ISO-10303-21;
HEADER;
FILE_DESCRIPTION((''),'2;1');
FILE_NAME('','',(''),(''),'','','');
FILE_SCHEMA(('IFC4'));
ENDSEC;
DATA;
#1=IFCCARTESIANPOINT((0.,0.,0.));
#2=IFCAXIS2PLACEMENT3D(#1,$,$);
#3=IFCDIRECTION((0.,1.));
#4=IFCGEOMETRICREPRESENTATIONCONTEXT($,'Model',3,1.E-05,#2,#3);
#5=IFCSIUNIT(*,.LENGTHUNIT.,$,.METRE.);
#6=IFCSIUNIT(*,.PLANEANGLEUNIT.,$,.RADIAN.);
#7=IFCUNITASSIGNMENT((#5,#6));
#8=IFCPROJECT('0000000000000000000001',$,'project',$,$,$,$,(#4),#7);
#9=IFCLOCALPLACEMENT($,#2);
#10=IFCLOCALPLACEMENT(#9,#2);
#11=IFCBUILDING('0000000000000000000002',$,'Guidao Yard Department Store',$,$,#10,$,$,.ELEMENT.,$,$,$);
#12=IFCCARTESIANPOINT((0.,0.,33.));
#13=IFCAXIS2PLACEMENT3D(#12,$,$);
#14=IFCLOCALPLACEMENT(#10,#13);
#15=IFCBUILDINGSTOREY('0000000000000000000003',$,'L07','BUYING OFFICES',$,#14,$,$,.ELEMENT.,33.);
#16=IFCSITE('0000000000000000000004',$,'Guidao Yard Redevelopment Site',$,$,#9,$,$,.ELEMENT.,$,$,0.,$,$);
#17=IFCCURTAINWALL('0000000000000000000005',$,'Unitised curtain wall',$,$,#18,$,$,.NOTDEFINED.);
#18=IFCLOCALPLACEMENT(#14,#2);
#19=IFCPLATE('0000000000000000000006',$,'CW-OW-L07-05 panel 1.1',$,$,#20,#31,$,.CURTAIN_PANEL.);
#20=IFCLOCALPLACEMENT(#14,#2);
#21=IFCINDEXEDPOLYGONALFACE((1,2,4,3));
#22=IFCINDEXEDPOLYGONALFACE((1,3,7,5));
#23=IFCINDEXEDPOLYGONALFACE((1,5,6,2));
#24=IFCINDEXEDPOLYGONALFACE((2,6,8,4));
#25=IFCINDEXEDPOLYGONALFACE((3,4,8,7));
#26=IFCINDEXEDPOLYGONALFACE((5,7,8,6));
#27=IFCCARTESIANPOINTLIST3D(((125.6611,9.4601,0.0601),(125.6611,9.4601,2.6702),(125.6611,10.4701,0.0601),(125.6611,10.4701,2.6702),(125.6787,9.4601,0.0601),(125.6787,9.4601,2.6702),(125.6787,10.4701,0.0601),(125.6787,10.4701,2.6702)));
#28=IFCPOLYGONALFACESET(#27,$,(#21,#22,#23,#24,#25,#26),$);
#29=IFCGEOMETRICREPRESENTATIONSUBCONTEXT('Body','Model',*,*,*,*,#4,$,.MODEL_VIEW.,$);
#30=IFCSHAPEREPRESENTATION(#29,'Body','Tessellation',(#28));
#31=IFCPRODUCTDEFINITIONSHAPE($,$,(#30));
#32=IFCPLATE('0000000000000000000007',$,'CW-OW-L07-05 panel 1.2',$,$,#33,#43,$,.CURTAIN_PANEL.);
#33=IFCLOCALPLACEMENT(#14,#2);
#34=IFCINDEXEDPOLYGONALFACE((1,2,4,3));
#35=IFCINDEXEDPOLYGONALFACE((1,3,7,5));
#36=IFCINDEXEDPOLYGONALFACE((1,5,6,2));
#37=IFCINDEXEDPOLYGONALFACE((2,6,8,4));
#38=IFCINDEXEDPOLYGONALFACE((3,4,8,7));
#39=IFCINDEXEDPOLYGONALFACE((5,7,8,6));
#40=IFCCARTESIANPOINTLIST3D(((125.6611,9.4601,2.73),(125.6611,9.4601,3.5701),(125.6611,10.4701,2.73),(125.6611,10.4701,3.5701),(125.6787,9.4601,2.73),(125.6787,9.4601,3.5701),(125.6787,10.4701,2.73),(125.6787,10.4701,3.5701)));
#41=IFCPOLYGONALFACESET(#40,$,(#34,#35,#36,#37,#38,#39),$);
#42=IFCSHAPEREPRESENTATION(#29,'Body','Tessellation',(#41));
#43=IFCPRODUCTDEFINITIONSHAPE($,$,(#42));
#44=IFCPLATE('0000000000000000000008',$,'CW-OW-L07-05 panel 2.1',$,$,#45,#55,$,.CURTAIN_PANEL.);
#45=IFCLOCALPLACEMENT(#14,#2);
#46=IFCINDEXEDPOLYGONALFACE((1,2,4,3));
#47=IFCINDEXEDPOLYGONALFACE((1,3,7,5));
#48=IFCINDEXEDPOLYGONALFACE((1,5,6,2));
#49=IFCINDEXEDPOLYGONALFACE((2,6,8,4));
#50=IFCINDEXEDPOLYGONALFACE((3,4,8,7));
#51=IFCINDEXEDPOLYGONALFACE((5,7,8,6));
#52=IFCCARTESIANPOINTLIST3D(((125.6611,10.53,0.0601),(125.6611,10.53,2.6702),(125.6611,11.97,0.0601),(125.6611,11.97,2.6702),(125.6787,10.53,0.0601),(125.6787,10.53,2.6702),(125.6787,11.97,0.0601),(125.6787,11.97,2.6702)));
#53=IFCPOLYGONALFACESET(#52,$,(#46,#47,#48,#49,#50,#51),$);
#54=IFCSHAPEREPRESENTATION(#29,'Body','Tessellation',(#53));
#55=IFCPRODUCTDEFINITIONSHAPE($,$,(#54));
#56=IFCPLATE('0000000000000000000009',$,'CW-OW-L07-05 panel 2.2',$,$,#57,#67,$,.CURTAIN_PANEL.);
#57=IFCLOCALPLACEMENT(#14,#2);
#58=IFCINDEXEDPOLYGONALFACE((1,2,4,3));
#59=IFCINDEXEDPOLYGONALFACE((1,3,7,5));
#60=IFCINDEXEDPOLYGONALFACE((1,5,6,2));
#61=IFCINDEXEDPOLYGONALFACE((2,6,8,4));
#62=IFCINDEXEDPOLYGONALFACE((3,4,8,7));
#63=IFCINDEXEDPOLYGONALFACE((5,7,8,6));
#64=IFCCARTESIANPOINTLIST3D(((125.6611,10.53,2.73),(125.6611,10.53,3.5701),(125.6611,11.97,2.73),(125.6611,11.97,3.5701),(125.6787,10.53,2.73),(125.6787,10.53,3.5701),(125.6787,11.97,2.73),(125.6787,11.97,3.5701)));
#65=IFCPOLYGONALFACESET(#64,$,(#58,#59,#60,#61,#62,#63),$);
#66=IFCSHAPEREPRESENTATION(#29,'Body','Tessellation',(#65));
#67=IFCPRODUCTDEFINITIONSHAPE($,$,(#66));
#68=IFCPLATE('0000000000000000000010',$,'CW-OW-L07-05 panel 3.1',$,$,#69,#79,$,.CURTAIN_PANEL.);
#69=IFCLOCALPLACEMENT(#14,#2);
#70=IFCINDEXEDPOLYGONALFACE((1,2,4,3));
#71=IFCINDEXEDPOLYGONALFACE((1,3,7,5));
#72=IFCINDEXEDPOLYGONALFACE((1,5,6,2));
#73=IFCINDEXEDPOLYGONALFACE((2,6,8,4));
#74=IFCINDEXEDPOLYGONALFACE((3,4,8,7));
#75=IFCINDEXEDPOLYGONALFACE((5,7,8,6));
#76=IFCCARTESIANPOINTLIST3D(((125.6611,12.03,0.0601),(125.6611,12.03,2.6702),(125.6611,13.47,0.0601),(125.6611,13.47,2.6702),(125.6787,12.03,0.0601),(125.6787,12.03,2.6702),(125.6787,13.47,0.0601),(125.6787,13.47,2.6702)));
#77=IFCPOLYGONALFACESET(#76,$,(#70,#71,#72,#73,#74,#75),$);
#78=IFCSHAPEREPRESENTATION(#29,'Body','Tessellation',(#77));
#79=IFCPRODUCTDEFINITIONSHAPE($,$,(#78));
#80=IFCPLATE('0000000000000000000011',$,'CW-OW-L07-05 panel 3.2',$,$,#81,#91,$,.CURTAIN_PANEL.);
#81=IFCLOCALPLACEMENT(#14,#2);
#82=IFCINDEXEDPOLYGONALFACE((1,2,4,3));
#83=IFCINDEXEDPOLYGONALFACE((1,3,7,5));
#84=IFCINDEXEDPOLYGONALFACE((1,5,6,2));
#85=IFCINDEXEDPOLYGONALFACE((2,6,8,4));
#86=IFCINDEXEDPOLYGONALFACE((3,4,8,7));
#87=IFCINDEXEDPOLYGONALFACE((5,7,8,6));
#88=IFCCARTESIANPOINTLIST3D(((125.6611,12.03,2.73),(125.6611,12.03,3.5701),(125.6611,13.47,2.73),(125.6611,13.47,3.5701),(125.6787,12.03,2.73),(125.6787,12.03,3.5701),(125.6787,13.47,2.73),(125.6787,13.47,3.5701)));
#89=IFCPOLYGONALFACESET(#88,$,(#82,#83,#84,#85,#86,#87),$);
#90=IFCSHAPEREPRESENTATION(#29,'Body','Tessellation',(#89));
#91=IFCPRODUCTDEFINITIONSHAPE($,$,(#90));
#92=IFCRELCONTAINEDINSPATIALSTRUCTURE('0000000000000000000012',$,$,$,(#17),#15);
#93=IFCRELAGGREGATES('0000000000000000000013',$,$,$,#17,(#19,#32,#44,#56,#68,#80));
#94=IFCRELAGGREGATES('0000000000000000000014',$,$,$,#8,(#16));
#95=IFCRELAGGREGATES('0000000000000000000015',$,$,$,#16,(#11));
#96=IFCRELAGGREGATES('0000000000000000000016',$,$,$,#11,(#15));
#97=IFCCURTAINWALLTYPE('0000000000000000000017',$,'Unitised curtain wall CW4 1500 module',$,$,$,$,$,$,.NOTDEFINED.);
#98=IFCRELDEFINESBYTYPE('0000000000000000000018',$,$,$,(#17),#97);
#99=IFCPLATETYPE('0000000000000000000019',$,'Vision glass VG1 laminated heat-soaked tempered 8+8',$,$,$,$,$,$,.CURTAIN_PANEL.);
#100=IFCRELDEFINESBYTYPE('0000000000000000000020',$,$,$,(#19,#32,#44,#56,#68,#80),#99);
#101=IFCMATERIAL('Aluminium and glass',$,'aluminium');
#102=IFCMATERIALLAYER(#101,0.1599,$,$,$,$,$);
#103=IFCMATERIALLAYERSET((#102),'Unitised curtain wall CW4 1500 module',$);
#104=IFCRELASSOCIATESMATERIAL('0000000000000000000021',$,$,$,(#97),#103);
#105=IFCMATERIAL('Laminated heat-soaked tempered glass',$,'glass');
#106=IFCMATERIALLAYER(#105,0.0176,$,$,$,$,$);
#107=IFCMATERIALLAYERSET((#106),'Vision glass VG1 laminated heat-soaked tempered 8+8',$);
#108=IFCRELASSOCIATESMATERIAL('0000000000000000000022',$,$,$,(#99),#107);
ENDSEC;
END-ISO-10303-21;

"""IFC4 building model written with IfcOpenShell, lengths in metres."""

from ifc_helpers import new_model, si_unit, direction, frame, origin, origin_2d, place, context, subcontext, project, spatial, rectangle, extrude, material, layer, layer_set, type_object, element, aggregate, save


model = new_model("IFC4")

# Units and contexts
model_context = context("Model", 3, precision=1e-05, world=origin(), true_north=direction((0.0, 1.0)))
body_context = subcontext(model_context, "Body", "Model", "MODEL_VIEW")
ifc_project = project(units=[si_unit("LENGTHUNIT", "METRE"), si_unit("PLANEANGLEUNIT", "RADIAN")], contexts=[model_context])

# Site, building, storey
site_placement = place(None, origin())
site = spatial("IfcSite", under=ifc_project, at=site_placement, Name="Guidao Yard Redevelopment Site", CompositionType="ELEMENT", RefElevation=0.0)
building_placement = place(site_placement, origin())
building = spatial("IfcBuilding", under=site, at=building_placement, Name="Guidao Yard Department Store", CompositionType="ELEMENT")
storey_placement = place(building_placement, frame((0.0, 0.0, 33.0)))
storey = spatial("IfcBuildingStorey", under=building, at=storey_placement, Name="L07", Description="BUYING OFFICES", CompositionType="ELEMENT", Elevation=33.0)

# Curtain wall, plates
ifc_material_1 = material(Name="Aluminium and glass", Category="aluminium")
ifc_layer_1 = layer(ifc_material_1, 0.1599)
ifc_layer_set_1 = layer_set([ifc_layer_1], Name="Unitised curtain wall CW4 1500 module")
curtain_wall_type = type_object("IfcCurtainWallType", Name="Unitised curtain wall CW4 1500 module", PredefinedType="NOTDEFINED", material=ifc_layer_set_1)
curtain_wall_placement = place(storey_placement, origin())
curtain_wall = element("IfcCurtainWall", 1, at=curtain_wall_placement, inside=storey, type_object=curtain_wall_type, Name="Unitised curtain wall", PredefinedType="NOTDEFINED")
ifc_material_2 = material(Name="Laminated heat-soaked tempered glass", Category="glass")
ifc_layer_2 = layer(ifc_material_2, 0.0176)
ifc_layer_set_2 = layer_set([ifc_layer_2], Name="Vision glass VG1 laminated heat-soaked tempered 8+8")
plate_type_1 = type_object("IfcPlateType", Name="Vision glass VG1 laminated heat-soaked tempered 8+8", PredefinedType="CURTAIN_PANEL", material=ifc_layer_set_2)
plate_1_placement = place(storey_placement, frame((125.6699, 9.9651, 0.0601), z_axis=(0.0, 0.0, 1.0), x_axis=(0.0, 1.0, 0.0)))
plate_1 = element("IfcPlate", 2, at=plate_1_placement, type_object=plate_type_1, Name="CW-OW-L07-05 panel 1.1", PredefinedType="CURTAIN_PANEL", context=body_context, shape_type="SweptSolid", body=[
    extrude(rectangle(XDim=1.01, YDim=0.0176, at=origin_2d()), origin(), (0.0, 0.0, 1.0), 2.6101),
])
plate_2_placement = place(storey_placement, frame((125.6699, 9.9651, 2.73), z_axis=(0.0, 0.0, 1.0), x_axis=(0.0, 1.0, 0.0)))
plate_2 = element("IfcPlate", 3, at=plate_2_placement, type_object=plate_type_1, Name="CW-OW-L07-05 panel 1.2", PredefinedType="CURTAIN_PANEL", context=body_context, shape_type="SweptSolid", body=[
    extrude(rectangle(XDim=1.01, YDim=0.0176, at=origin_2d()), origin(), (0.0, 0.0, 1.0), 0.8401),
])
plate_3_placement = place(storey_placement, frame((125.6699, 11.25, 0.0601), z_axis=(0.0, 0.0, 1.0), x_axis=(0.0, 1.0, 0.0)))
plate_3 = element("IfcPlate", 4, at=plate_3_placement, type_object=plate_type_1, Name="CW-OW-L07-05 panel 2.1", PredefinedType="CURTAIN_PANEL", context=body_context, shape_type="SweptSolid", body=[
    extrude(rectangle(XDim=1.4399, YDim=0.0176, at=origin_2d()), origin(), (0.0, 0.0, 1.0), 2.6101),
])
plate_4_placement = place(storey_placement, frame((125.6699, 11.25, 2.73), z_axis=(0.0, 0.0, 1.0), x_axis=(0.0, 1.0, 0.0)))
plate_4 = element("IfcPlate", 5, at=plate_4_placement, type_object=plate_type_1, Name="CW-OW-L07-05 panel 2.2", PredefinedType="CURTAIN_PANEL", context=body_context, shape_type="SweptSolid", body=[
    extrude(rectangle(XDim=1.4399, YDim=0.0176, at=origin_2d()), origin(), (0.0, 0.0, 1.0), 0.8401),
])
plate_5_placement = place(storey_placement, frame((125.6699, 12.75, 0.0601), z_axis=(0.0, 0.0, 1.0), x_axis=(0.0, 1.0, 0.0)))
plate_5 = element("IfcPlate", 6, at=plate_5_placement, type_object=plate_type_1, Name="CW-OW-L07-05 panel 3.1", PredefinedType="CURTAIN_PANEL", context=body_context, shape_type="SweptSolid", body=[
    extrude(rectangle(XDim=1.4399, YDim=0.0176, at=origin_2d()), origin(), (0.0, 0.0, 1.0), 2.6101),
])
plate_6_placement = place(storey_placement, frame((125.6699, 12.75, 2.73), z_axis=(0.0, 0.0, 1.0), x_axis=(0.0, 1.0, 0.0)))
plate_6 = element("IfcPlate", 7, at=plate_6_placement, type_object=plate_type_1, Name="CW-OW-L07-05 panel 3.2", PredefinedType="CURTAIN_PANEL", context=body_context, shape_type="SweptSolid", body=[
    extrude(rectangle(XDim=1.4399, YDim=0.0176, at=origin_2d()), origin(), (0.0, 0.0, 1.0), 0.8401),
])
aggregate(curtain_wall, [plate_1, plate_2, plate_3, plate_4, plate_5, plate_6])

save(model, "model.ifc")
